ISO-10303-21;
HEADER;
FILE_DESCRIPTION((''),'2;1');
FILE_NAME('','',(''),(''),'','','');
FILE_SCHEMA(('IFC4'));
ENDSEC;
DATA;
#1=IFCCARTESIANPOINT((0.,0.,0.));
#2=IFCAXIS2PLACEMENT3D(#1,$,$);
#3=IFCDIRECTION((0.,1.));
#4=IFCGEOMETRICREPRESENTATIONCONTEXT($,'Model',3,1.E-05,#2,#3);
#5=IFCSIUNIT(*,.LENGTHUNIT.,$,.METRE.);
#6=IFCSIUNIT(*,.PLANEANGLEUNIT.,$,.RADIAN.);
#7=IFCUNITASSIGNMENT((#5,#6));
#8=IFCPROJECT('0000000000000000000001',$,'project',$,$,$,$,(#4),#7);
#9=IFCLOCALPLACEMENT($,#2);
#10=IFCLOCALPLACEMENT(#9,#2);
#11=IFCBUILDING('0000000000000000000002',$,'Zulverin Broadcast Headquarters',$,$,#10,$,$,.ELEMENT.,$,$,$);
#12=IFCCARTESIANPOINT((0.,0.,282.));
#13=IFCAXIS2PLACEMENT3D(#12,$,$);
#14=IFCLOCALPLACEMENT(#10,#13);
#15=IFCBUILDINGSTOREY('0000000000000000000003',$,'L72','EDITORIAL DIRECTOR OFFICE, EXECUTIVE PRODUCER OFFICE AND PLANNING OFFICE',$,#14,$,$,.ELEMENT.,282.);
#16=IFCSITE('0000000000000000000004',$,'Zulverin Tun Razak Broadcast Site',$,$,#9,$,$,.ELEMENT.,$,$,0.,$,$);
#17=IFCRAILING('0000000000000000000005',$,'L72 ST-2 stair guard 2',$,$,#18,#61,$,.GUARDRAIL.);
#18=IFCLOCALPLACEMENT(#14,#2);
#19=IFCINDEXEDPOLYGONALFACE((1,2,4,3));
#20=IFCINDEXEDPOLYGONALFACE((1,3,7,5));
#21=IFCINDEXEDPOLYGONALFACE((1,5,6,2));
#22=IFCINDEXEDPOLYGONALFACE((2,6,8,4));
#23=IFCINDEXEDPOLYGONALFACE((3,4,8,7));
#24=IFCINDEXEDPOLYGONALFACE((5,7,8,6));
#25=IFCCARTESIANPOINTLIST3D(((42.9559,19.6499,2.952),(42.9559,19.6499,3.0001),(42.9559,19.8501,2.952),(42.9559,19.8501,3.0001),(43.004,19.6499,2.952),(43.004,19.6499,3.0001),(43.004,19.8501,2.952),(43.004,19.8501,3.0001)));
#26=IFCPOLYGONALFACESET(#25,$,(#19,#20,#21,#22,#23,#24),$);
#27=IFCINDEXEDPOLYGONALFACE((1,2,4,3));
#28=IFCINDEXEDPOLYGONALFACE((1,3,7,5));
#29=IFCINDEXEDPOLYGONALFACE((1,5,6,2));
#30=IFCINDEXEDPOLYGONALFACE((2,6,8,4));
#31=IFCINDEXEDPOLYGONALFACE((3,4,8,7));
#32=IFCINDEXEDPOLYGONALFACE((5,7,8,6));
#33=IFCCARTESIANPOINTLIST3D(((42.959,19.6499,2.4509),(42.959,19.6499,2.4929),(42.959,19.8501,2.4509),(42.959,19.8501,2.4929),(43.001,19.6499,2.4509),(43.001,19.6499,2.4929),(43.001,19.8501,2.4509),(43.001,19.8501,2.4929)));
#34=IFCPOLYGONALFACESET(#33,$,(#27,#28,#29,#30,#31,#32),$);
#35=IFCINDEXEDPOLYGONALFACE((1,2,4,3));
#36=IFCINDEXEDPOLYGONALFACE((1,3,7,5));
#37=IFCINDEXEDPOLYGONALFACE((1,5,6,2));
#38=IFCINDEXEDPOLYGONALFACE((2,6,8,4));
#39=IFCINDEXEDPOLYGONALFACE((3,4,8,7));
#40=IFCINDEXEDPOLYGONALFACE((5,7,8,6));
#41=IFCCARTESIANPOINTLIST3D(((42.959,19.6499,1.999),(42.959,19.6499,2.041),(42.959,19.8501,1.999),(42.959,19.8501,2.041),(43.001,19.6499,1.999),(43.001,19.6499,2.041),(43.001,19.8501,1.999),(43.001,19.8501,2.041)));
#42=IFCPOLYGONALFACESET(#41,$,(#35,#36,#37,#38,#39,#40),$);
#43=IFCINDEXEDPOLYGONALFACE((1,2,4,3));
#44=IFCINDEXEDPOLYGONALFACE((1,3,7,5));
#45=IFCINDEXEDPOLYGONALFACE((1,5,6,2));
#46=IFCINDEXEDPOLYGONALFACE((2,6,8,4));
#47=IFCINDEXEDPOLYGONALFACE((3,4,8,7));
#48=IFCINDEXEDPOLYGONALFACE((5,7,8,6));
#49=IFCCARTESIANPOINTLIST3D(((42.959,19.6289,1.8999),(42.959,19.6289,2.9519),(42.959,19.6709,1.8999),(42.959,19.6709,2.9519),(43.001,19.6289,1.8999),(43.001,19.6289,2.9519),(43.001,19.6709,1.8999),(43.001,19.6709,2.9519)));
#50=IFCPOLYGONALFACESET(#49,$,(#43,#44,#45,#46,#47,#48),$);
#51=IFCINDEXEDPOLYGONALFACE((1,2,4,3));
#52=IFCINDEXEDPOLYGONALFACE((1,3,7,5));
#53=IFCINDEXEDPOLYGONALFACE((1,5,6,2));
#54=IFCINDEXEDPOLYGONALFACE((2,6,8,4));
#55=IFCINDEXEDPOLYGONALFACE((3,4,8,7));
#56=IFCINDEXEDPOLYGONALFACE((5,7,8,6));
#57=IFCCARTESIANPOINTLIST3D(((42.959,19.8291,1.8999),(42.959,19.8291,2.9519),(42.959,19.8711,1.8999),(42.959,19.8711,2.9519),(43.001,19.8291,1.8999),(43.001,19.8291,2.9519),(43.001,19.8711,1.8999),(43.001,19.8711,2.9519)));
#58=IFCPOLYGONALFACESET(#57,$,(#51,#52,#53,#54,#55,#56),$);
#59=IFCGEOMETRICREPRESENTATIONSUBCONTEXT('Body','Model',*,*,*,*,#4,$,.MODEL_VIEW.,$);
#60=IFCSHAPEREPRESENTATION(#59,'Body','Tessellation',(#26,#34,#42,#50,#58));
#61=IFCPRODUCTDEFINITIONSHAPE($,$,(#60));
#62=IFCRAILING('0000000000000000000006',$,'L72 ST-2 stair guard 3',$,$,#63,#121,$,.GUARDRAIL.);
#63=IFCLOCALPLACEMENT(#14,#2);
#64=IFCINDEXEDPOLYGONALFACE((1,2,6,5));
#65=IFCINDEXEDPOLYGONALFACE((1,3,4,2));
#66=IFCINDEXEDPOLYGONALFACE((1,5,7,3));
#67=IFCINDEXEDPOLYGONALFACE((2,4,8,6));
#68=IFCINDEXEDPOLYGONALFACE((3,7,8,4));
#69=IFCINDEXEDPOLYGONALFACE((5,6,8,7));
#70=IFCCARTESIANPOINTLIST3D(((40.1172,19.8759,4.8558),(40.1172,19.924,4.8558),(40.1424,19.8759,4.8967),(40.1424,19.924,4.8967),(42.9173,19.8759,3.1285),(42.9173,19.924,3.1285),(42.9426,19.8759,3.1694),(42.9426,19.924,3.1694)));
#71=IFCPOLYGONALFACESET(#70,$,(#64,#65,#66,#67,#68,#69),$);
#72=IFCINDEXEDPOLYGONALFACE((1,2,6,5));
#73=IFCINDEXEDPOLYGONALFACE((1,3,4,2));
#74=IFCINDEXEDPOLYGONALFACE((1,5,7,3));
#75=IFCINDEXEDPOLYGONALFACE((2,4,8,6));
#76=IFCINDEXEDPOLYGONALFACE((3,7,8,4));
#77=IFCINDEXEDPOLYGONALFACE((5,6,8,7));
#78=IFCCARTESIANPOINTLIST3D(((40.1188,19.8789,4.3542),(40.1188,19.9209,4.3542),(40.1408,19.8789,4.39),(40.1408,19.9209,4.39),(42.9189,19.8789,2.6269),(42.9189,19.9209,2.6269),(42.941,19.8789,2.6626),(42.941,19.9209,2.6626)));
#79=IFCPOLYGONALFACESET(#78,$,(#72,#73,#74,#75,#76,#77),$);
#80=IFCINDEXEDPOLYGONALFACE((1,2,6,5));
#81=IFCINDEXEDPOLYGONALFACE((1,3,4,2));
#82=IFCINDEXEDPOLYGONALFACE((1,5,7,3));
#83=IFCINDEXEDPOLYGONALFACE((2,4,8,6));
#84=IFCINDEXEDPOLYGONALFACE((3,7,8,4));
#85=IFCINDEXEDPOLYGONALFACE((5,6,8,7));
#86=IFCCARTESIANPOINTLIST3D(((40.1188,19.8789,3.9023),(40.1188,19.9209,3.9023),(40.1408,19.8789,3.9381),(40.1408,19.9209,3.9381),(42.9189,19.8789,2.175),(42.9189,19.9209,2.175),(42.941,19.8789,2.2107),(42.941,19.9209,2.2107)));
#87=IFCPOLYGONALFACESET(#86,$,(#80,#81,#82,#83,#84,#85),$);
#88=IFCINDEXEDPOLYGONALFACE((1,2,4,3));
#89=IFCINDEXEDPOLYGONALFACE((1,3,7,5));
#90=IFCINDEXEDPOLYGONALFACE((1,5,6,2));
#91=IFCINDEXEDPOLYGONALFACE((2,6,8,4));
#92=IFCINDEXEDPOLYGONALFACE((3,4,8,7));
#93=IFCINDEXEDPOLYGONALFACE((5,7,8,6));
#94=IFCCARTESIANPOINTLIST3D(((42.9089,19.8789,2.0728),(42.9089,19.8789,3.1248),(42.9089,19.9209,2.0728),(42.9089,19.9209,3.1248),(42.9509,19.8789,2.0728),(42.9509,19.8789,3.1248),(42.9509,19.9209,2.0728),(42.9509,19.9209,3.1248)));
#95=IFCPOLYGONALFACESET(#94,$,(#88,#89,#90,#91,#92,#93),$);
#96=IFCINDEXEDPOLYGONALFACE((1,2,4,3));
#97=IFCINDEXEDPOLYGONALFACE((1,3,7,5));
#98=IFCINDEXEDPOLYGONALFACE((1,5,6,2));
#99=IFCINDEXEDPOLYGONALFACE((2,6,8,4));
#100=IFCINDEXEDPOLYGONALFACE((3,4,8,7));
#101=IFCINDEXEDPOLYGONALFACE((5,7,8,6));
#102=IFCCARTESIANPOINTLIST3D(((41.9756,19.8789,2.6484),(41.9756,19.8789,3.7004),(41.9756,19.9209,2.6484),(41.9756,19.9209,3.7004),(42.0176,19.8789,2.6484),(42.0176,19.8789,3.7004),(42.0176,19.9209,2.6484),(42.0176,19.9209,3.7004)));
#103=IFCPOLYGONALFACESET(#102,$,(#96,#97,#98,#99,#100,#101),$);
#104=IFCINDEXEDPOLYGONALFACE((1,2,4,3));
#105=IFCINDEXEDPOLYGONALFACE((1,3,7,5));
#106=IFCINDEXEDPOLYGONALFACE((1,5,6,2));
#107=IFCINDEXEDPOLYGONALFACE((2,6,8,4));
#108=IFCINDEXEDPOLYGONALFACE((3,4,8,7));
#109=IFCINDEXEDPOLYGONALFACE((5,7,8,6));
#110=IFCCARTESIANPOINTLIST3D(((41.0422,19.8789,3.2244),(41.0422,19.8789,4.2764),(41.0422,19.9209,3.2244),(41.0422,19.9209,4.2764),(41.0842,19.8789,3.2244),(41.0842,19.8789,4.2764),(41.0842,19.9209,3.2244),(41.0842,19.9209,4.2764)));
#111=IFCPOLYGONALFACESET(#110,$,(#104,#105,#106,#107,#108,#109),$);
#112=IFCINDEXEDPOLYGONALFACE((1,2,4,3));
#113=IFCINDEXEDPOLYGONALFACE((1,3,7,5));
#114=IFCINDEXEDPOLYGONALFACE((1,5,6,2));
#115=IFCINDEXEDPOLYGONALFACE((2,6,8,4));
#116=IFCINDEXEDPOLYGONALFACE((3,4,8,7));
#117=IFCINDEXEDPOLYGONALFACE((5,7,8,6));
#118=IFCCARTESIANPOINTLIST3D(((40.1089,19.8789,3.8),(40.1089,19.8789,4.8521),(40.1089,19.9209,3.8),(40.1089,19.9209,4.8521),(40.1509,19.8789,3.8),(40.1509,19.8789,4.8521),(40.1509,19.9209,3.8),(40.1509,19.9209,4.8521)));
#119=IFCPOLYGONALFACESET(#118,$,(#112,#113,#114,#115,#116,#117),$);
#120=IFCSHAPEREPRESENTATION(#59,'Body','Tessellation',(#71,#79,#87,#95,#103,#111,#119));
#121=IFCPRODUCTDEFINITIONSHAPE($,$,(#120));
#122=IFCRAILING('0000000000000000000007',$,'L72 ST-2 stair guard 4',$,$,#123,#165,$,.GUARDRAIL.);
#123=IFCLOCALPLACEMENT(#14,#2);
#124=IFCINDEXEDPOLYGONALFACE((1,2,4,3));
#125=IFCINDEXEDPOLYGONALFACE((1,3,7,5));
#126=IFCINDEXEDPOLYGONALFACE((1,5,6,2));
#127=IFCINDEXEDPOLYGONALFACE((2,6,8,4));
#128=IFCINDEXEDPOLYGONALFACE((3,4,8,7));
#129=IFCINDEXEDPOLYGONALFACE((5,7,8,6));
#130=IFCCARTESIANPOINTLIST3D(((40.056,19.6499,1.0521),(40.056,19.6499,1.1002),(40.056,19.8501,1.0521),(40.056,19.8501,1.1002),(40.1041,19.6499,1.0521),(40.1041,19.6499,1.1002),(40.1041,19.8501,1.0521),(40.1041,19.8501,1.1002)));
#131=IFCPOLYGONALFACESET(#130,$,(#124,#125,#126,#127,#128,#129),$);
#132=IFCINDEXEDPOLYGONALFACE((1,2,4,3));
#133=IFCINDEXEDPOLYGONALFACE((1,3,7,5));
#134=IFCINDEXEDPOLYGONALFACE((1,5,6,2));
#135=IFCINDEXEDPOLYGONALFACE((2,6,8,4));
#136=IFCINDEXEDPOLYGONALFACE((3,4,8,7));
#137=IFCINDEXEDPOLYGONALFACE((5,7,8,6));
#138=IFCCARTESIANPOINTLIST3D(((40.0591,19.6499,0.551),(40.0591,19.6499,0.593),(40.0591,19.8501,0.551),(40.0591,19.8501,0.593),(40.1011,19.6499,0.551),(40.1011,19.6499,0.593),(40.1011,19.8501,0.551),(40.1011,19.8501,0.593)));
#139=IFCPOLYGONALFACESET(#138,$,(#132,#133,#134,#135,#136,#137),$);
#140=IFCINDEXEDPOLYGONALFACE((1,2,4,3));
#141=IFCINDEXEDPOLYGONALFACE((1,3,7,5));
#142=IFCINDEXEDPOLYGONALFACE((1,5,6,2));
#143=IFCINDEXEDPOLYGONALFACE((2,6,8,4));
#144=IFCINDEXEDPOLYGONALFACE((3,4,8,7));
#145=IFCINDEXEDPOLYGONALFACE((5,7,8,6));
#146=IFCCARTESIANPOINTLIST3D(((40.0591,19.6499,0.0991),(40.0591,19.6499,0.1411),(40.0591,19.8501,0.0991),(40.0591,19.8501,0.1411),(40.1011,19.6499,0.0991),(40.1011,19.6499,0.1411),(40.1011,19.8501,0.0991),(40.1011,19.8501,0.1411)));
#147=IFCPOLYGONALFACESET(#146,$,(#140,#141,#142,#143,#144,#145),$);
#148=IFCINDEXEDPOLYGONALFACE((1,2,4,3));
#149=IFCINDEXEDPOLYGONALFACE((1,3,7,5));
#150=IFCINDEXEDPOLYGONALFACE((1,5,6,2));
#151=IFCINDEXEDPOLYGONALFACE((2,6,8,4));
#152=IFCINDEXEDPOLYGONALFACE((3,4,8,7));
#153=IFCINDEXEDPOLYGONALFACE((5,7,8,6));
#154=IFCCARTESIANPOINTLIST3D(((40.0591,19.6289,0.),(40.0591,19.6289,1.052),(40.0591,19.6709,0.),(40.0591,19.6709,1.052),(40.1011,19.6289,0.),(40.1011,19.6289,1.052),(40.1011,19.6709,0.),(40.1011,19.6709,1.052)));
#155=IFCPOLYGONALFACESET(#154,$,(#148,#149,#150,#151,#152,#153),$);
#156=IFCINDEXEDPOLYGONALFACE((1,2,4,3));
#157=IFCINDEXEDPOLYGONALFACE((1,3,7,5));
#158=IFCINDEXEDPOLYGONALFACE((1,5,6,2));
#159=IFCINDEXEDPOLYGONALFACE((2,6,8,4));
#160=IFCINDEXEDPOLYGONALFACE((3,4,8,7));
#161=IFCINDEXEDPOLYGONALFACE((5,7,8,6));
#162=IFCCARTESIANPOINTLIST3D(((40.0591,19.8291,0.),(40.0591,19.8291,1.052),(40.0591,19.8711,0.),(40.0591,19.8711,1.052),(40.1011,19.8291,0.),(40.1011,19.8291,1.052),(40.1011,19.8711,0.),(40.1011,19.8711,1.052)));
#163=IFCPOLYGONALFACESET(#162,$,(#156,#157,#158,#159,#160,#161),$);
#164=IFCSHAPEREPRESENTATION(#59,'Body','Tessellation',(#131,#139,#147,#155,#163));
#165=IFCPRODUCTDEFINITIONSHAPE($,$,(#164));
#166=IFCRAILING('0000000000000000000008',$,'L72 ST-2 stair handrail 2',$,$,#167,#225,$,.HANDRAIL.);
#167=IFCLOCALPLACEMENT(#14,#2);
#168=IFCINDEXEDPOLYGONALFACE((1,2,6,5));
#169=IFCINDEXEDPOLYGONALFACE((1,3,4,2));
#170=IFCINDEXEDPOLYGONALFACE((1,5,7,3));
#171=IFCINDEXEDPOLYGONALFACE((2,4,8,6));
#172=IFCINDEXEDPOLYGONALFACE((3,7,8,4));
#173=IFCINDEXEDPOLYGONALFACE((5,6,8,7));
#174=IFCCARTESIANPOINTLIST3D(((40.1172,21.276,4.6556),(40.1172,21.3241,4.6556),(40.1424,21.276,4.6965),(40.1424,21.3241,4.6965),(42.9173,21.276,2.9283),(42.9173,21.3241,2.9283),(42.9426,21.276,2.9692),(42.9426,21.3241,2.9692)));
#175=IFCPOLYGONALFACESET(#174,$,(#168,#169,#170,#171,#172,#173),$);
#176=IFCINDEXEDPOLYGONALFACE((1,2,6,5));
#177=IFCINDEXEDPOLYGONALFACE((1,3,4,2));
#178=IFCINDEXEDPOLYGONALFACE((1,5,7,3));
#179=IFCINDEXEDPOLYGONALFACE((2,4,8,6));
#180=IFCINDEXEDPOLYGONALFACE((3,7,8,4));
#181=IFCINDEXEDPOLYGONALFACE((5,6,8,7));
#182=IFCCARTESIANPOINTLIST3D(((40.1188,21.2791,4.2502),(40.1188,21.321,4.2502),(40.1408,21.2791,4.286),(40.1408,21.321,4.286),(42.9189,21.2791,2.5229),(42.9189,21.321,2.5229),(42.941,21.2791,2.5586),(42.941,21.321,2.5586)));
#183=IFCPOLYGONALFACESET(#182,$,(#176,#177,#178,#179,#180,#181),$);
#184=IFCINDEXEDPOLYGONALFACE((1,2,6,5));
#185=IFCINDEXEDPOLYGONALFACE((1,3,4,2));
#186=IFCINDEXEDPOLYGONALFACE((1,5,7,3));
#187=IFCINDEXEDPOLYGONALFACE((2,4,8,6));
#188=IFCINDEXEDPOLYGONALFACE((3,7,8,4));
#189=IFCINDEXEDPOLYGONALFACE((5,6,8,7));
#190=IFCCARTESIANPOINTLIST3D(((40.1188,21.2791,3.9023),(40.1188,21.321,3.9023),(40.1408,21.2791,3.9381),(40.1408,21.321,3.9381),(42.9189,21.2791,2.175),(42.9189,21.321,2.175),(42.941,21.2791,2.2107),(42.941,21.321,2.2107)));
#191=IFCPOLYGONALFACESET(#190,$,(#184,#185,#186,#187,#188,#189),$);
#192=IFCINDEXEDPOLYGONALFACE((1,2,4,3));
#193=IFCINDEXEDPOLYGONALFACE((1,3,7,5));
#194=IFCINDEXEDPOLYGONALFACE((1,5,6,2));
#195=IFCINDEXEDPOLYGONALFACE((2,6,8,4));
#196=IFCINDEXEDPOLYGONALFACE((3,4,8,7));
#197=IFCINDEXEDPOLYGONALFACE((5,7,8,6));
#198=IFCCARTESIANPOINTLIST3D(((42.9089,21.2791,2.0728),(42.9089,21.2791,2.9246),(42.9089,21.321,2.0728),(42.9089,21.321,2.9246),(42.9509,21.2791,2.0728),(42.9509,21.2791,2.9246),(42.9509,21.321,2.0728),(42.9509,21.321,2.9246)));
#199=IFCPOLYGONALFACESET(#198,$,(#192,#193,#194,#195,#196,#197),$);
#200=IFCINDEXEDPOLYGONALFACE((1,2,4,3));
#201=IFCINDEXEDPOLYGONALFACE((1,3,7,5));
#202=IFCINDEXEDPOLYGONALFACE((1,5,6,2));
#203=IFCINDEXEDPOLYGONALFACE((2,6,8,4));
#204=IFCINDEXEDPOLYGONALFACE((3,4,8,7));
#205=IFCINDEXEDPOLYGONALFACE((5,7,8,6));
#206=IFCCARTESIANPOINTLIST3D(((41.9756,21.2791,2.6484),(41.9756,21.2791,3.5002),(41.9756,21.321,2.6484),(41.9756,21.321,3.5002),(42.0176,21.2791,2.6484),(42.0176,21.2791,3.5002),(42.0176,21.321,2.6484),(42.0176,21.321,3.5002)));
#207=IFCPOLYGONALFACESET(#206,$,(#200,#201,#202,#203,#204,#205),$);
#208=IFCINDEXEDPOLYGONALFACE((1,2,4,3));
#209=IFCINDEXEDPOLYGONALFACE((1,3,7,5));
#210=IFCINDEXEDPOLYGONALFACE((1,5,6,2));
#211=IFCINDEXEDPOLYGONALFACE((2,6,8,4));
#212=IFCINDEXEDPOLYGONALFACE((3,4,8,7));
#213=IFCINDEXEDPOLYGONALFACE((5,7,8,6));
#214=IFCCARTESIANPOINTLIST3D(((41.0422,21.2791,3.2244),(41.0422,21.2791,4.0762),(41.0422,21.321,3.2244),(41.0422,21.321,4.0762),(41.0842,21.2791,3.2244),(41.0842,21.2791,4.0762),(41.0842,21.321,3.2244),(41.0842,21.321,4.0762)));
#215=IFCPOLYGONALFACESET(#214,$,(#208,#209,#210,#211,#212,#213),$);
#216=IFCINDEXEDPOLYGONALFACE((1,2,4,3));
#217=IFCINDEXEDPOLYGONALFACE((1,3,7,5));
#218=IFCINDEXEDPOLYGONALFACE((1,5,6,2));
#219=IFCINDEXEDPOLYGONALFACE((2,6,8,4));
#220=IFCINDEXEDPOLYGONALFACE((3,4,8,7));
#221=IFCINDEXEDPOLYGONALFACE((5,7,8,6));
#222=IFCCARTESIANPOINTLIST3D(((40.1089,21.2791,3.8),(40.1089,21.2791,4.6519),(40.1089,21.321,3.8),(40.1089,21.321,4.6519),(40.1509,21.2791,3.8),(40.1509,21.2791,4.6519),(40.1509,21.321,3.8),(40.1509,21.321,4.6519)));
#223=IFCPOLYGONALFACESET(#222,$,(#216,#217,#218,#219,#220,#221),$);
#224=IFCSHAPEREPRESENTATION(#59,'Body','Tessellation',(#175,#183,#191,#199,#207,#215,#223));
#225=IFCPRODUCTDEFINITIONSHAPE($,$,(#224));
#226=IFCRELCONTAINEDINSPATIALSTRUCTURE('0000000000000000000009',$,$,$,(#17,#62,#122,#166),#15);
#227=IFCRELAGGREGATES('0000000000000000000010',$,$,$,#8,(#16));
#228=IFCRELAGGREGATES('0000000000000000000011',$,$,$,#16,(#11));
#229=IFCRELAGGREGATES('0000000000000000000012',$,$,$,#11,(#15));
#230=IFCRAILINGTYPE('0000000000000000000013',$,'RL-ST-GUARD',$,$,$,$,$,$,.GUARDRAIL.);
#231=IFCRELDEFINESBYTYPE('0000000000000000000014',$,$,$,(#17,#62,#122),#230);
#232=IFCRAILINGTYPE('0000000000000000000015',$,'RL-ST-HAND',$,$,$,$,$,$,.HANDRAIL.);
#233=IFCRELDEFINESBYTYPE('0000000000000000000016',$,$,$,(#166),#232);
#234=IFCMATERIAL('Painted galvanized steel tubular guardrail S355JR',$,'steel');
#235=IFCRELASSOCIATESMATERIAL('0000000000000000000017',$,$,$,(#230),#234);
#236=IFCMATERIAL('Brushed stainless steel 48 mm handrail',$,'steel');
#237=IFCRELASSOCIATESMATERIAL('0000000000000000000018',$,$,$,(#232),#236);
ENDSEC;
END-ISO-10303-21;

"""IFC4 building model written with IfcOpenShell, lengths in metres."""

from ifc_helpers import new_model, si_unit, direction, frame, origin, origin_2d, place, context, subcontext, project, spatial, rectangle, extrude, material, type_object, element, save


model = new_model("IFC4")

# Units and contexts
model_context = context("Model", 3, precision=1e-05, world=origin(), true_north=direction((0.0, 1.0)))
body_context = subcontext(model_context, "Body", "Model", "MODEL_VIEW")
ifc_project = project(units=[si_unit("LENGTHUNIT", "METRE"), si_unit("PLANEANGLEUNIT", "RADIAN")], contexts=[model_context])

# Site, building, storey
site_placement = place(None, origin())
site = spatial("IfcSite", under=ifc_project, at=site_placement, Name="Zulverin Tun Razak Broadcast Site", CompositionType="ELEMENT", RefElevation=0.0)
building_placement = place(site_placement, origin())
building = spatial("IfcBuilding", under=site, at=building_placement, Name="Zulverin Broadcast Headquarters", CompositionType="ELEMENT")
storey_placement = place(building_placement, frame((0.0, 0.0, 282.0)))
storey = spatial("IfcBuildingStorey", under=building, at=storey_placement, Name="L72", Description="EDITORIAL DIRECTOR OFFICE, EXECUTIVE PRODUCER OFFICE AND PLANNING OFFICE", CompositionType="ELEMENT", Elevation=282.0)

# Railings
ifc_material_1 = material(Name="Painted galvanized steel tubular guardrail S355JR", Category="steel")
railing_type_1 = type_object("IfcRailingType", Name="RL-ST-GUARD", PredefinedType="GUARDRAIL", material=ifc_material_1)
railing_1_placement = place(storey_placement, frame((42.98, 19.6499, 1.8999)))
element("IfcRailing", 1, at=railing_1_placement, inside=storey, type_object=railing_type_1, Name="L72 ST-2 stair guard 2", PredefinedType="GUARDRAIL", context=body_context, shape_type="SweptSolid", body=[
    extrude(rectangle(XDim=0.0481, YDim=0.0481, at=origin_2d()), frame((0.0, 0.0, 1.0762), z_axis=(0.0, 1.0, 0.0), x_axis=(-1.0, 0.0, 0.0)), (0.0, 0.0, 1.0), 0.2002),
    extrude(rectangle(XDim=0.042, YDim=0.042, at=origin_2d()), frame((0.0, 0.0, 0.572), z_axis=(0.0, 1.0, 0.0), x_axis=(-1.0, 0.0, 0.0)), (0.0, 0.0, 1.0), 0.2002),
    extrude(rectangle(XDim=0.042, YDim=0.042, at=origin_2d()), frame((0.0, 0.0, 0.1201), z_axis=(0.0, 1.0, 0.0), x_axis=(-1.0, 0.0, 0.0)), (0.0, 0.0, 1.0), 0.2002),
    extrude(rectangle(XDim=0.042, YDim=0.042, at=origin_2d()), origin(), (0.0, 0.0, 1.0), 1.052),
    extrude(rectangle(XDim=0.042, YDim=0.042, at=origin_2d()), frame((0.0, 0.2002, 0.0)), (0.0, 0.0, 1.0), 1.052),
])
railing_2_placement = place(storey_placement, frame((42.9299, 19.8999, 2.0728)))
element("IfcRailing", 2, at=railing_2_placement, inside=storey, type_object=railing_type_1, Name="L72 ST-2 stair guard 3", PredefinedType="GUARDRAIL", context=body_context, shape_type="SweptSolid", body=[
    extrude(rectangle(XDim=0.0481, YDim=0.0481, at=origin_2d()), frame((0.0, 0.0, 1.0762), z_axis=(-0.85109, 0.0, 0.52502), x_axis=(0.0, -1.0, 0.0)), (0.0, 0.0, 1.0), 3.29),
    extrude(rectangle(XDim=0.042, YDim=0.042, at=origin_2d()), frame((0.0, 0.0, 0.572), z_axis=(-0.85109, 0.0, 0.52502), x_axis=(0.0, -1.0, 0.0)), (0.0, 0.0, 1.0), 3.29),
    extrude(rectangle(XDim=0.042, YDim=0.042, at=origin_2d()), frame((0.0, 0.0, 0.1201), z_axis=(-0.85109, 0.0, 0.52502), x_axis=(0.0, -1.0, 0.0)), (0.0, 0.0, 1.0), 3.29),
    extrude(rectangle(XDim=0.042, YDim=0.042, at=origin_2d()), origin(), (0.0, 0.0, 1.0), 1.052),
    extrude(rectangle(XDim=0.042, YDim=0.042, at=origin_2d()), frame((-0.9333, 0.0, 0.5757)), (0.0, 0.0, 1.0), 1.052),
    extrude(rectangle(XDim=0.042, YDim=0.042, at=origin_2d()), frame((-1.8667, 0.0, 1.1516)), (0.0, 0.0, 1.0), 1.052),
    extrude(rectangle(XDim=0.042, YDim=0.042, at=origin_2d()), frame((-2.8, 0.0, 1.7273)), (0.0, 0.0, 1.0), 1.052),
])
railing_3_placement = place(storey_placement, frame((40.0801, 19.6499, 0.0)))
element("IfcRailing", 3, at=railing_3_placement, inside=storey, type_object=railing_type_1, Name="L72 ST-2 stair guard 4", PredefinedType="GUARDRAIL", context=body_context, shape_type="SweptSolid", body=[
    extrude(rectangle(XDim=0.0481, YDim=0.0481, at=origin_2d()), frame((0.0, 0.0, 1.0762), z_axis=(0.0, 1.0, 0.0), x_axis=(-1.0, 0.0, 0.0)), (0.0, 0.0, 1.0), 0.2002),
    extrude(rectangle(XDim=0.042, YDim=0.042, at=origin_2d()), frame((0.0, 0.0, 0.572), z_axis=(0.0, 1.0, 0.0), x_axis=(-1.0, 0.0, 0.0)), (0.0, 0.0, 1.0), 0.2002),
    extrude(rectangle(XDim=0.042, YDim=0.042, at=origin_2d()), frame((0.0, 0.0, 0.1201), z_axis=(0.0, 1.0, 0.0), x_axis=(-1.0, 0.0, 0.0)), (0.0, 0.0, 1.0), 0.2002),
    extrude(rectangle(XDim=0.042, YDim=0.042, at=origin_2d()), origin(), (0.0, 0.0, 1.0), 1.052),
    extrude(rectangle(XDim=0.042, YDim=0.042, at=origin_2d()), frame((0.0, 0.2002, 0.0)), (0.0, 0.0, 1.0), 1.052),
])
ifc_material_2 = material(Name="Brushed stainless steel 48 mm handrail", Category="steel")
railing_type_2 = type_object("IfcRailingType", Name="RL-ST-HAND", PredefinedType="HANDRAIL", material=ifc_material_2)
railing_4_placement = place(storey_placement, frame((42.9299, 21.3, 2.0728)))
element("IfcRailing", 4, at=railing_4_placement, inside=storey, type_object=railing_type_2, Name="L72 ST-2 stair handrail 2", PredefinedType="HANDRAIL", context=body_context, shape_type="SweptSolid", body=[
    extrude(rectangle(XDim=0.0481, YDim=0.0481, at=origin_2d()), frame((0.0, 0.0, 0.876), z_axis=(-0.85109, 0.0, 0.52502), x_axis=(0.0, -1.0, 0.0)), (0.0, 0.0, 1.0), 3.29),
    extrude(rectangle(XDim=0.042, YDim=0.042, at=origin_2d()), frame((0.0, 0.0, 0.468), z_axis=(-0.85109, 0.0, 0.52502), x_axis=(0.0, -1.0, 0.0)), (0.0, 0.0, 1.0), 3.29),
    extrude(rectangle(XDim=0.042, YDim=0.042, at=origin_2d()), frame((0.0, 0.0, 0.1201), z_axis=(-0.85109, 0.0, 0.52502), x_axis=(0.0, -1.0, 0.0)), (0.0, 0.0, 1.0), 3.29),
    extrude(rectangle(XDim=0.042, YDim=0.042, at=origin_2d()), origin(), (0.0, 0.0, 1.0), 0.8518),
    extrude(rectangle(XDim=0.042, YDim=0.042, at=origin_2d()), frame((-0.9333, 0.0, 0.5757)), (0.0, 0.0, 1.0), 0.8518),
    extrude(rectangle(XDim=0.042, YDim=0.042, at=origin_2d()), frame((-1.8667, 0.0, 1.1516)), (0.0, 0.0, 1.0), 0.8518),
    extrude(rectangle(XDim=0.042, YDim=0.042, at=origin_2d()), frame((-2.8, 0.0, 1.7273)), (0.0, 0.0, 1.0), 0.8518),
])

save(model, "model.ifc")
